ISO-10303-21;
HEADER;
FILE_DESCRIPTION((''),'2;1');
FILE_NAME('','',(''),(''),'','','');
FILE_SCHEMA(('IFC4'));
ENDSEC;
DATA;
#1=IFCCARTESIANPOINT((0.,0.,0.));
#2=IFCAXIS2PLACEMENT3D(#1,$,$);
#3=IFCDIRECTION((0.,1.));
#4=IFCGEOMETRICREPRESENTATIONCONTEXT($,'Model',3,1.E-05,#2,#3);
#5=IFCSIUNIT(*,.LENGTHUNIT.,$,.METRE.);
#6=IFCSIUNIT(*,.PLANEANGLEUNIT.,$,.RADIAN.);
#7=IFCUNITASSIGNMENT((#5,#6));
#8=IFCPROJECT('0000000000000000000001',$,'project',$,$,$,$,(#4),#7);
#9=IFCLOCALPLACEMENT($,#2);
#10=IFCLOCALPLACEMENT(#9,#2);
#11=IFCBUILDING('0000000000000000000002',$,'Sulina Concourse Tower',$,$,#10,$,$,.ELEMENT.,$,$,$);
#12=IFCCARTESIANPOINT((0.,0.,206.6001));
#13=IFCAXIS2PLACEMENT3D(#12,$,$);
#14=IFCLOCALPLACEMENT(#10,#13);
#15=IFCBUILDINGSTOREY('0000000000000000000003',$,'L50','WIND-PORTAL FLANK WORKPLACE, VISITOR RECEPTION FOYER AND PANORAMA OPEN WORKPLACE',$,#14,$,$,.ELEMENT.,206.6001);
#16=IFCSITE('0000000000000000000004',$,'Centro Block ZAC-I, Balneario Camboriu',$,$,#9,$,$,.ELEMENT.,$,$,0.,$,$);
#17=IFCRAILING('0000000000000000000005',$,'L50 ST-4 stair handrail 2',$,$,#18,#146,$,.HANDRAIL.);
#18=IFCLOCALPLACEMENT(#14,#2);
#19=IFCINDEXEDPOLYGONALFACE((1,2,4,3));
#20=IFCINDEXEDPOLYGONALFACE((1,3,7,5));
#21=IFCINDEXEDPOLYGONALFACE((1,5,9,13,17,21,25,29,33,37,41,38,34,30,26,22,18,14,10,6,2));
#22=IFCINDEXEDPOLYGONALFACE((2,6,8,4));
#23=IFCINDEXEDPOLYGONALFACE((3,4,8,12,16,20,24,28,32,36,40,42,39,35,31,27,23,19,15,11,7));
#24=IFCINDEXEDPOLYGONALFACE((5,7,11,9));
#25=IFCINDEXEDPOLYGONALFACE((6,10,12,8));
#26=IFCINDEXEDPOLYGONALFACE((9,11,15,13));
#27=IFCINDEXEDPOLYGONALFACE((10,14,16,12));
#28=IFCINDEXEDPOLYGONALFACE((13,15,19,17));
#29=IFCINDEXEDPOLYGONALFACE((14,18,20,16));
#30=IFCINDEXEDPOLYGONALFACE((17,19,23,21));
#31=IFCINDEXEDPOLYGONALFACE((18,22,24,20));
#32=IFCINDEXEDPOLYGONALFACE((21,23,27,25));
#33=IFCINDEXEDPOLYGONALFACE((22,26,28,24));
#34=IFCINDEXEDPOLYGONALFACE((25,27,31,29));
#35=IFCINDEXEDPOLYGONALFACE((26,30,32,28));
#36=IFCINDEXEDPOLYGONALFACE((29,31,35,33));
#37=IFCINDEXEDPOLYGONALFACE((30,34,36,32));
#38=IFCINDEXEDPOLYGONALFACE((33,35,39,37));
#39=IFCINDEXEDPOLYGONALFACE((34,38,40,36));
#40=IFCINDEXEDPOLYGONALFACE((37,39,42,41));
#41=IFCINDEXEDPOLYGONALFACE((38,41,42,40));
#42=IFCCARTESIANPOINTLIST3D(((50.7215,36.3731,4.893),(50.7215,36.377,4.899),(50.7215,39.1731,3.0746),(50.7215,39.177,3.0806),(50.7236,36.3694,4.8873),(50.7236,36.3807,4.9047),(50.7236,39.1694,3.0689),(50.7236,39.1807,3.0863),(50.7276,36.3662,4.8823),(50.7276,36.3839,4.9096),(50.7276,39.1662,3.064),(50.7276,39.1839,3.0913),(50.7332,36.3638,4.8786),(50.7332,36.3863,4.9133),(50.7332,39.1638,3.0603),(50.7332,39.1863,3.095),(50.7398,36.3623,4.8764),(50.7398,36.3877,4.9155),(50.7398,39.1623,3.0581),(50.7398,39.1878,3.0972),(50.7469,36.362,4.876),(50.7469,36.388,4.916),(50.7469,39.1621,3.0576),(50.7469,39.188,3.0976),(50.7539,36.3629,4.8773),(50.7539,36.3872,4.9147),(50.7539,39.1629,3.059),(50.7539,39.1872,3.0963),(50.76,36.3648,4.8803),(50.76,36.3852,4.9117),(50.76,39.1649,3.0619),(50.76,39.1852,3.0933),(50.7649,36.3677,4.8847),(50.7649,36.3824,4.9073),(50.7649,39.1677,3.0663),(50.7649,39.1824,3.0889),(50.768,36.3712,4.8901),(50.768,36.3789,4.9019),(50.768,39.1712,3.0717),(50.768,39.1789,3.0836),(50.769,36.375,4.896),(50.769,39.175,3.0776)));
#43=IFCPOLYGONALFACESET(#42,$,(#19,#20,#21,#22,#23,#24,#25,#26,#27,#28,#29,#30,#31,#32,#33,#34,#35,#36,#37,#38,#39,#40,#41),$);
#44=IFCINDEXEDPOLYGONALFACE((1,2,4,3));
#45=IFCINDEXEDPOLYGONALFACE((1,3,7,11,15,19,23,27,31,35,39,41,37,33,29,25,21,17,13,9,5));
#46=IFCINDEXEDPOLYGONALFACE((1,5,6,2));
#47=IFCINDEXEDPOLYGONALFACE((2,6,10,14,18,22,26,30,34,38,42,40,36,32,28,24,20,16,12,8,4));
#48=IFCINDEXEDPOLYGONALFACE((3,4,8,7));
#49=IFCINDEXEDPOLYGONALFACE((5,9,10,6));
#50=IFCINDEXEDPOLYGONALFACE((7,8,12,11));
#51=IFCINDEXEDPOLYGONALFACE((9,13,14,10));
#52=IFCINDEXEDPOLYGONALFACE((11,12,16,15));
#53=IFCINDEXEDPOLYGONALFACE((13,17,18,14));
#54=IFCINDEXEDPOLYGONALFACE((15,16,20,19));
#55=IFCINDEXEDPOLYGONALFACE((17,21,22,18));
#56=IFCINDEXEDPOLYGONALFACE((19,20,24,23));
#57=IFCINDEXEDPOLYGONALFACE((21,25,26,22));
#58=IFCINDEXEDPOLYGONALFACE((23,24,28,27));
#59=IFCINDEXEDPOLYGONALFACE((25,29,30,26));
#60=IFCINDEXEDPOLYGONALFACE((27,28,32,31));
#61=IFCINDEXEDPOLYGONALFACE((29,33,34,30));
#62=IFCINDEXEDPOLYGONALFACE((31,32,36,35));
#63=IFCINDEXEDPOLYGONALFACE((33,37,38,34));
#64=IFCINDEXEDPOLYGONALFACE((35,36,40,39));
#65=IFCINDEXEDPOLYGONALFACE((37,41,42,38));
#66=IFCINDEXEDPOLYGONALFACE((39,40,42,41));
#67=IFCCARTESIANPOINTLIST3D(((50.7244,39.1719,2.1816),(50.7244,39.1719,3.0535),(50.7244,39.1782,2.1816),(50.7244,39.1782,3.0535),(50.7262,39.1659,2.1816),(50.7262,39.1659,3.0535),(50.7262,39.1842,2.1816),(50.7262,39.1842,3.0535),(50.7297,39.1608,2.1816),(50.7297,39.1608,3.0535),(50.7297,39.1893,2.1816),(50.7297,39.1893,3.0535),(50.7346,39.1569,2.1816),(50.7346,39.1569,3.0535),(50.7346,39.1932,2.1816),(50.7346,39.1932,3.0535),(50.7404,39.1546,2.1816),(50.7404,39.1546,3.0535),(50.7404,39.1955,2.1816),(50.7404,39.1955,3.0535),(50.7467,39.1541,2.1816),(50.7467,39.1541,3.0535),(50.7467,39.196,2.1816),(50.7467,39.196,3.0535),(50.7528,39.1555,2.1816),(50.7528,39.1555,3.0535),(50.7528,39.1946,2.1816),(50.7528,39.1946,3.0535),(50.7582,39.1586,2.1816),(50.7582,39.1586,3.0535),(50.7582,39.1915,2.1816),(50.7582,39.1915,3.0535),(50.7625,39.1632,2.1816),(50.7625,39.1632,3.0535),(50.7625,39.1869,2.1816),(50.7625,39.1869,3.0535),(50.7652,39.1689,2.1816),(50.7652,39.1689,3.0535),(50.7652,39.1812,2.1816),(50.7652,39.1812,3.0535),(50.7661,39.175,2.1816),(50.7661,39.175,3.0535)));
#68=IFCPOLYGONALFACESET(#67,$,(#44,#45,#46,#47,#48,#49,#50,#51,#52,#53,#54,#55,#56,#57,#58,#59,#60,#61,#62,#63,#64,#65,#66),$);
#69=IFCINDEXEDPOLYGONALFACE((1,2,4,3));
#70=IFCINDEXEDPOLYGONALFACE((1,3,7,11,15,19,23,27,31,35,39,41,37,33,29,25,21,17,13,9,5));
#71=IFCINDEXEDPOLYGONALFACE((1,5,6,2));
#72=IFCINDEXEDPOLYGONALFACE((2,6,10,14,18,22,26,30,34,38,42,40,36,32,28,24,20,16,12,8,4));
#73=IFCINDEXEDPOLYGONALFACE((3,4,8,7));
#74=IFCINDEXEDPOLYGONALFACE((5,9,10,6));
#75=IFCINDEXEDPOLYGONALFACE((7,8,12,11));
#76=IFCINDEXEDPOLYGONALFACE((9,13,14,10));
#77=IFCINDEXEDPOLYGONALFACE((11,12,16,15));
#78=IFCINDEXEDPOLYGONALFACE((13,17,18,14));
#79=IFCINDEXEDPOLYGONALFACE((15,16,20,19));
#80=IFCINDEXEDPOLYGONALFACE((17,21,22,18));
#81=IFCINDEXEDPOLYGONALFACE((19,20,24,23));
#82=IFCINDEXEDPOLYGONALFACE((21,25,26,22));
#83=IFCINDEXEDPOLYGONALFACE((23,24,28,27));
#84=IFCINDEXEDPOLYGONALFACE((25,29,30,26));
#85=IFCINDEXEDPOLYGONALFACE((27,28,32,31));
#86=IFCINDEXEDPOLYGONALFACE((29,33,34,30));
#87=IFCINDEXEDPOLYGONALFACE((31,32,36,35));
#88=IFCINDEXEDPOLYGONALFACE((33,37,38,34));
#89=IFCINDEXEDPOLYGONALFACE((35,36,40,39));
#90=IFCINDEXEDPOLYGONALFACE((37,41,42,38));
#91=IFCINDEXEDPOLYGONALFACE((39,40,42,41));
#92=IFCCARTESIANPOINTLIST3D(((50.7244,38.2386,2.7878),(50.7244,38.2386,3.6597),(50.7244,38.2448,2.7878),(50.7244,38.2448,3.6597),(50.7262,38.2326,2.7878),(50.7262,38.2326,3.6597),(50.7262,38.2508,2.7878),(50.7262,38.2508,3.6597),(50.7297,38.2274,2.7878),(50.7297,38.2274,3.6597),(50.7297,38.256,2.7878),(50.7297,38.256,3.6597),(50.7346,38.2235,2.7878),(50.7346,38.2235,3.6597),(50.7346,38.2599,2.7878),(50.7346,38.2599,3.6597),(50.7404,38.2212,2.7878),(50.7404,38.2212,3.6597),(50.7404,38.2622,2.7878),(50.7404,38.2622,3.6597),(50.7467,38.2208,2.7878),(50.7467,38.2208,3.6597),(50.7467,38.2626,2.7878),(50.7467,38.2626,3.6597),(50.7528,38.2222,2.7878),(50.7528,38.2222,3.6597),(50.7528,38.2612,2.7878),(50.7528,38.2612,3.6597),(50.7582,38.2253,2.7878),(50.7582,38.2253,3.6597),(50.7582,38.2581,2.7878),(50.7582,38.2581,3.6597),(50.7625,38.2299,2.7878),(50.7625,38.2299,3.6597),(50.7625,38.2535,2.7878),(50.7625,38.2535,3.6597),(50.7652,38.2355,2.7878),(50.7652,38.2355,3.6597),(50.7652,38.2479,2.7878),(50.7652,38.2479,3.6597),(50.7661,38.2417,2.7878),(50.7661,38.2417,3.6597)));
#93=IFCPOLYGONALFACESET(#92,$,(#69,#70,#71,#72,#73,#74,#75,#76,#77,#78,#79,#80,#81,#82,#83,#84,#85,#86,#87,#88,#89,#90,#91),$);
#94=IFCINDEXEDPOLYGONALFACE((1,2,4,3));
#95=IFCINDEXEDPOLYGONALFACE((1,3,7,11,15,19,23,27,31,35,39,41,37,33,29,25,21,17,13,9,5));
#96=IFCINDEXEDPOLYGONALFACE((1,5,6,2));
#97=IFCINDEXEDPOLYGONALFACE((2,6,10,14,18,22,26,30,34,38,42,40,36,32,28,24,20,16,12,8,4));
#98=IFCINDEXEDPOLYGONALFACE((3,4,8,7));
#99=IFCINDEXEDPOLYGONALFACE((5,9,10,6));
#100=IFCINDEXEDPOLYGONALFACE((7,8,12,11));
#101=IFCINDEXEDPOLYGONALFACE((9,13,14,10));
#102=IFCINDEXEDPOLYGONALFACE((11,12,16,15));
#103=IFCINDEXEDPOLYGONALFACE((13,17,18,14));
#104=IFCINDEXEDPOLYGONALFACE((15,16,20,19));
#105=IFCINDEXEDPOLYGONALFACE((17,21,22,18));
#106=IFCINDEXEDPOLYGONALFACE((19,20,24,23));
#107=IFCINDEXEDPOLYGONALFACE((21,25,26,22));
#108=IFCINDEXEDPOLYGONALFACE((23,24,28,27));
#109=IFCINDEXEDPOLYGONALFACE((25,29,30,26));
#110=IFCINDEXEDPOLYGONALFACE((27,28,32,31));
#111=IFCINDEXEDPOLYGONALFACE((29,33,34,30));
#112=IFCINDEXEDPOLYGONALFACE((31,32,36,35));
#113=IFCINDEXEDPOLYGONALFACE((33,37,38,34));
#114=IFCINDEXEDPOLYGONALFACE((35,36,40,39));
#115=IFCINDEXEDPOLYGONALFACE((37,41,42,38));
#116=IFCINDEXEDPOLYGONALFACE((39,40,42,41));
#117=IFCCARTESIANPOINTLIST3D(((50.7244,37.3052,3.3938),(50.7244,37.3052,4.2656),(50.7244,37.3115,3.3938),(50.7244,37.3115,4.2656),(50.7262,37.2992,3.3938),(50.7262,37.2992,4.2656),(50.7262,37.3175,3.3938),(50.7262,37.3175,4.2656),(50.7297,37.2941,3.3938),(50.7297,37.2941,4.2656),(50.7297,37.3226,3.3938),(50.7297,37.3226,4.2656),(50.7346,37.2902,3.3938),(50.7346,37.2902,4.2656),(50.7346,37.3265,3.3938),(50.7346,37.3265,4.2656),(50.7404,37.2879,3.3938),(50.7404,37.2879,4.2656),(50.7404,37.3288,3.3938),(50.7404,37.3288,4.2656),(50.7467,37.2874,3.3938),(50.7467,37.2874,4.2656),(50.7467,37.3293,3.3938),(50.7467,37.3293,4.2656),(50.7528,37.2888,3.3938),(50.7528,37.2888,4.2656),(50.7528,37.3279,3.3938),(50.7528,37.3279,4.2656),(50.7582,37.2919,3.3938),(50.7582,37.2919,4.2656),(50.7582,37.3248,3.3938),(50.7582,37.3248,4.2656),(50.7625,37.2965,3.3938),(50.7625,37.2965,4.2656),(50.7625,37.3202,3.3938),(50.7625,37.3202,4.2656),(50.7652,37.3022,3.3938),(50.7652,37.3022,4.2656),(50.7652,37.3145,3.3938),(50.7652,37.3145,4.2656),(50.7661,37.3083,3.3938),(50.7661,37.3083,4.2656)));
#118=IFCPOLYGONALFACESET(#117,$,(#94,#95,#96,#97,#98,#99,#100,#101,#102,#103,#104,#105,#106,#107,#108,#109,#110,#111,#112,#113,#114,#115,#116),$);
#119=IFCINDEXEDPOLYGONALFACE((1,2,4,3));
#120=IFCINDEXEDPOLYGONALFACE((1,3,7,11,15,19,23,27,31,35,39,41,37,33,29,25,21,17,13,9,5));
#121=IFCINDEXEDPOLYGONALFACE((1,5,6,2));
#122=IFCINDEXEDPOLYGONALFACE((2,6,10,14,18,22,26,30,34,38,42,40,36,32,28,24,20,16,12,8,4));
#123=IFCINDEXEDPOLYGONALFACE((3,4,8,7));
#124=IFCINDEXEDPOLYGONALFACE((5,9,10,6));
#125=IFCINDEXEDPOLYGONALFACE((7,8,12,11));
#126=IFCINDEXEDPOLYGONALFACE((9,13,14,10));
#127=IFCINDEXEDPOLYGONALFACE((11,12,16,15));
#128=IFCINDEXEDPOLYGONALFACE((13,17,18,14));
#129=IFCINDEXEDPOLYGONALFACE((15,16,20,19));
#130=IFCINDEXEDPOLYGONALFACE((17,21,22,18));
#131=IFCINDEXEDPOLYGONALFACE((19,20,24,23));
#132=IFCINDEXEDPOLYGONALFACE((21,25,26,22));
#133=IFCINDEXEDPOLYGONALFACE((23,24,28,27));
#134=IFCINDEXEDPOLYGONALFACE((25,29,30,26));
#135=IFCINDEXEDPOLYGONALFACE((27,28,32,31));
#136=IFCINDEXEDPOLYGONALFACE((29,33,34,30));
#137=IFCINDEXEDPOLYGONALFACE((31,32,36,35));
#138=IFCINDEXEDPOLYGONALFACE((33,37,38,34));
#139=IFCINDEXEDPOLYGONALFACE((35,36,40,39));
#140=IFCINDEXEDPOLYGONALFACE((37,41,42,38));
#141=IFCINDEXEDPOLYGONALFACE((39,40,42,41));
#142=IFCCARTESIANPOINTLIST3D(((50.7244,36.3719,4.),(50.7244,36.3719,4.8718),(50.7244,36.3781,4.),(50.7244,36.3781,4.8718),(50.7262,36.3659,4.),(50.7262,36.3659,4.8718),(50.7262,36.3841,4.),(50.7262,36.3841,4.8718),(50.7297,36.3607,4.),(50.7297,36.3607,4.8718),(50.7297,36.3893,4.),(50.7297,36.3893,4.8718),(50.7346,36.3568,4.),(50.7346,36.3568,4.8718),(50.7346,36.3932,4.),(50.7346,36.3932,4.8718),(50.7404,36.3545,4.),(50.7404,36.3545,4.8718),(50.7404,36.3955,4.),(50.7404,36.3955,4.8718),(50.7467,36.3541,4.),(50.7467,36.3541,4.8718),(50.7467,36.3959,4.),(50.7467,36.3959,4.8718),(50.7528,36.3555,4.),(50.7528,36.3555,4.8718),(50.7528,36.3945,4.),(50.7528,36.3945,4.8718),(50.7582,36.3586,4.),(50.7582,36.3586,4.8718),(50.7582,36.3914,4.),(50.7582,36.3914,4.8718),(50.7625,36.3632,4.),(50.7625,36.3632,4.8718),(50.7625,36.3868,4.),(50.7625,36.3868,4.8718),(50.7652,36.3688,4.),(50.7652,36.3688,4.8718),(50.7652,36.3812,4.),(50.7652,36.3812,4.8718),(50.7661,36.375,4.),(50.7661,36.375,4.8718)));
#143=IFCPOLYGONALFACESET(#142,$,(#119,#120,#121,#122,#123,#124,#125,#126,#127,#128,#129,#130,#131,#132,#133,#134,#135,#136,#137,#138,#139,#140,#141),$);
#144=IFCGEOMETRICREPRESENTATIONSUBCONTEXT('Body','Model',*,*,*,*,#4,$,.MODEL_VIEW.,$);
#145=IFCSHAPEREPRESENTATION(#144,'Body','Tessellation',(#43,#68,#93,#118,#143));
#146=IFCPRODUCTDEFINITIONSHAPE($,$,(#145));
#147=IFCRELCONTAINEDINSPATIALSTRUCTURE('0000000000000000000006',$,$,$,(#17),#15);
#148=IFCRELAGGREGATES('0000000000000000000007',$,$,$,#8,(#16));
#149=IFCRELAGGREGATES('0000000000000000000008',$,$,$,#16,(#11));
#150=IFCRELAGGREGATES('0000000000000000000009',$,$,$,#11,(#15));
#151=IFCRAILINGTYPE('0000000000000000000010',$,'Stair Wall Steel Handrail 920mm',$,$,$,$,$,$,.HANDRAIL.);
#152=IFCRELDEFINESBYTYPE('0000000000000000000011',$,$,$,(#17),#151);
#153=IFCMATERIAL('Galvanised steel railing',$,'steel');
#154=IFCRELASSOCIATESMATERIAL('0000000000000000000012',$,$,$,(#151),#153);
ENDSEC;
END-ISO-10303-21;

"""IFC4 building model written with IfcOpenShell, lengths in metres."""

from ifc_helpers import new_model, si_unit, direction, frame, origin, origin_2d, place, context, subcontext, project, spatial, circle, extrude, material, type_object, element, save


model = new_model("IFC4")

# Units and contexts
model_context = context("Model", 3, precision=1e-05, world=origin(), true_north=direction((0.0, 1.0)))
body_context = subcontext(model_context, "Body", "Model", "MODEL_VIEW")
ifc_project = project(units=[si_unit("LENGTHUNIT", "METRE"), si_unit("PLANEANGLEUNIT", "RADIAN")], contexts=[model_context])

# Site, building, storey
site_placement = place(None, origin())
site = spatial("IfcSite", under=ifc_project, at=site_placement, Name="Centro Block ZAC-I, Balneario Camboriu", CompositionType="ELEMENT", RefElevation=0.0)
building_placement = place(site_placement, origin())
building = spatial("IfcBuilding", under=site, at=building_placement, Name="Sulina Concourse Tower", CompositionType="ELEMENT")
storey_placement = place(building_placement, frame((0.0, 0.0, 206.6001)))
storey = spatial("IfcBuildingStorey", under=building, at=storey_placement, Name="L50", Description="WIND-PORTAL FLANK WORKPLACE, VISITOR RECEPTION FOYER AND PANORAMA OPEN WORKPLACE", CompositionType="ELEMENT", Elevation=206.6001)

# Railing
ifc_material_1 = material(Name="Galvanised steel railing", Category="steel")
railing_type_1 = type_object("IfcRailingType", Name="Stair Wall Steel Handrail 920mm", PredefinedType="HANDRAIL", material=ifc_material_1)
railing_1_placement = place(storey_placement, frame((50.7451, 39.175, 2.1816)))
element("IfcRailing", 1, at=railing_1_placement, inside=storey, type_object=railing_type_1, Name="L50 ST-4 stair handrail 2", PredefinedType="HANDRAIL", context=body_context, shape_type="SweptSolid", body=[
    extrude(circle(Radius=0.0239, at=origin_2d()), frame((0.0, 0.0, 0.896), z_axis=(0.0, -0.838672, 0.544636), x_axis=(1.0, 0.0, 0.0)), (0.0, 0.0, 1.0), 3.3386),
    extrude(circle(Radius=0.021, at=origin_2d()), origin(), (0.0, 0.0, 1.0), 0.8718),
    extrude(circle(Radius=0.021, at=origin_2d()), frame((0.0, -0.9333, 0.6062)), (0.0, 0.0, 1.0), 0.8718),
    extrude(circle(Radius=0.021, at=origin_2d()), frame((0.0, -1.8667, 1.2122)), (0.0, 0.0, 1.0), 0.8718),
    extrude(circle(Radius=0.021, at=origin_2d()), frame((0.0, -2.8, 1.8184)), (0.0, 0.0, 1.0), 0.8718),
])

save(model, "model.ifc")
